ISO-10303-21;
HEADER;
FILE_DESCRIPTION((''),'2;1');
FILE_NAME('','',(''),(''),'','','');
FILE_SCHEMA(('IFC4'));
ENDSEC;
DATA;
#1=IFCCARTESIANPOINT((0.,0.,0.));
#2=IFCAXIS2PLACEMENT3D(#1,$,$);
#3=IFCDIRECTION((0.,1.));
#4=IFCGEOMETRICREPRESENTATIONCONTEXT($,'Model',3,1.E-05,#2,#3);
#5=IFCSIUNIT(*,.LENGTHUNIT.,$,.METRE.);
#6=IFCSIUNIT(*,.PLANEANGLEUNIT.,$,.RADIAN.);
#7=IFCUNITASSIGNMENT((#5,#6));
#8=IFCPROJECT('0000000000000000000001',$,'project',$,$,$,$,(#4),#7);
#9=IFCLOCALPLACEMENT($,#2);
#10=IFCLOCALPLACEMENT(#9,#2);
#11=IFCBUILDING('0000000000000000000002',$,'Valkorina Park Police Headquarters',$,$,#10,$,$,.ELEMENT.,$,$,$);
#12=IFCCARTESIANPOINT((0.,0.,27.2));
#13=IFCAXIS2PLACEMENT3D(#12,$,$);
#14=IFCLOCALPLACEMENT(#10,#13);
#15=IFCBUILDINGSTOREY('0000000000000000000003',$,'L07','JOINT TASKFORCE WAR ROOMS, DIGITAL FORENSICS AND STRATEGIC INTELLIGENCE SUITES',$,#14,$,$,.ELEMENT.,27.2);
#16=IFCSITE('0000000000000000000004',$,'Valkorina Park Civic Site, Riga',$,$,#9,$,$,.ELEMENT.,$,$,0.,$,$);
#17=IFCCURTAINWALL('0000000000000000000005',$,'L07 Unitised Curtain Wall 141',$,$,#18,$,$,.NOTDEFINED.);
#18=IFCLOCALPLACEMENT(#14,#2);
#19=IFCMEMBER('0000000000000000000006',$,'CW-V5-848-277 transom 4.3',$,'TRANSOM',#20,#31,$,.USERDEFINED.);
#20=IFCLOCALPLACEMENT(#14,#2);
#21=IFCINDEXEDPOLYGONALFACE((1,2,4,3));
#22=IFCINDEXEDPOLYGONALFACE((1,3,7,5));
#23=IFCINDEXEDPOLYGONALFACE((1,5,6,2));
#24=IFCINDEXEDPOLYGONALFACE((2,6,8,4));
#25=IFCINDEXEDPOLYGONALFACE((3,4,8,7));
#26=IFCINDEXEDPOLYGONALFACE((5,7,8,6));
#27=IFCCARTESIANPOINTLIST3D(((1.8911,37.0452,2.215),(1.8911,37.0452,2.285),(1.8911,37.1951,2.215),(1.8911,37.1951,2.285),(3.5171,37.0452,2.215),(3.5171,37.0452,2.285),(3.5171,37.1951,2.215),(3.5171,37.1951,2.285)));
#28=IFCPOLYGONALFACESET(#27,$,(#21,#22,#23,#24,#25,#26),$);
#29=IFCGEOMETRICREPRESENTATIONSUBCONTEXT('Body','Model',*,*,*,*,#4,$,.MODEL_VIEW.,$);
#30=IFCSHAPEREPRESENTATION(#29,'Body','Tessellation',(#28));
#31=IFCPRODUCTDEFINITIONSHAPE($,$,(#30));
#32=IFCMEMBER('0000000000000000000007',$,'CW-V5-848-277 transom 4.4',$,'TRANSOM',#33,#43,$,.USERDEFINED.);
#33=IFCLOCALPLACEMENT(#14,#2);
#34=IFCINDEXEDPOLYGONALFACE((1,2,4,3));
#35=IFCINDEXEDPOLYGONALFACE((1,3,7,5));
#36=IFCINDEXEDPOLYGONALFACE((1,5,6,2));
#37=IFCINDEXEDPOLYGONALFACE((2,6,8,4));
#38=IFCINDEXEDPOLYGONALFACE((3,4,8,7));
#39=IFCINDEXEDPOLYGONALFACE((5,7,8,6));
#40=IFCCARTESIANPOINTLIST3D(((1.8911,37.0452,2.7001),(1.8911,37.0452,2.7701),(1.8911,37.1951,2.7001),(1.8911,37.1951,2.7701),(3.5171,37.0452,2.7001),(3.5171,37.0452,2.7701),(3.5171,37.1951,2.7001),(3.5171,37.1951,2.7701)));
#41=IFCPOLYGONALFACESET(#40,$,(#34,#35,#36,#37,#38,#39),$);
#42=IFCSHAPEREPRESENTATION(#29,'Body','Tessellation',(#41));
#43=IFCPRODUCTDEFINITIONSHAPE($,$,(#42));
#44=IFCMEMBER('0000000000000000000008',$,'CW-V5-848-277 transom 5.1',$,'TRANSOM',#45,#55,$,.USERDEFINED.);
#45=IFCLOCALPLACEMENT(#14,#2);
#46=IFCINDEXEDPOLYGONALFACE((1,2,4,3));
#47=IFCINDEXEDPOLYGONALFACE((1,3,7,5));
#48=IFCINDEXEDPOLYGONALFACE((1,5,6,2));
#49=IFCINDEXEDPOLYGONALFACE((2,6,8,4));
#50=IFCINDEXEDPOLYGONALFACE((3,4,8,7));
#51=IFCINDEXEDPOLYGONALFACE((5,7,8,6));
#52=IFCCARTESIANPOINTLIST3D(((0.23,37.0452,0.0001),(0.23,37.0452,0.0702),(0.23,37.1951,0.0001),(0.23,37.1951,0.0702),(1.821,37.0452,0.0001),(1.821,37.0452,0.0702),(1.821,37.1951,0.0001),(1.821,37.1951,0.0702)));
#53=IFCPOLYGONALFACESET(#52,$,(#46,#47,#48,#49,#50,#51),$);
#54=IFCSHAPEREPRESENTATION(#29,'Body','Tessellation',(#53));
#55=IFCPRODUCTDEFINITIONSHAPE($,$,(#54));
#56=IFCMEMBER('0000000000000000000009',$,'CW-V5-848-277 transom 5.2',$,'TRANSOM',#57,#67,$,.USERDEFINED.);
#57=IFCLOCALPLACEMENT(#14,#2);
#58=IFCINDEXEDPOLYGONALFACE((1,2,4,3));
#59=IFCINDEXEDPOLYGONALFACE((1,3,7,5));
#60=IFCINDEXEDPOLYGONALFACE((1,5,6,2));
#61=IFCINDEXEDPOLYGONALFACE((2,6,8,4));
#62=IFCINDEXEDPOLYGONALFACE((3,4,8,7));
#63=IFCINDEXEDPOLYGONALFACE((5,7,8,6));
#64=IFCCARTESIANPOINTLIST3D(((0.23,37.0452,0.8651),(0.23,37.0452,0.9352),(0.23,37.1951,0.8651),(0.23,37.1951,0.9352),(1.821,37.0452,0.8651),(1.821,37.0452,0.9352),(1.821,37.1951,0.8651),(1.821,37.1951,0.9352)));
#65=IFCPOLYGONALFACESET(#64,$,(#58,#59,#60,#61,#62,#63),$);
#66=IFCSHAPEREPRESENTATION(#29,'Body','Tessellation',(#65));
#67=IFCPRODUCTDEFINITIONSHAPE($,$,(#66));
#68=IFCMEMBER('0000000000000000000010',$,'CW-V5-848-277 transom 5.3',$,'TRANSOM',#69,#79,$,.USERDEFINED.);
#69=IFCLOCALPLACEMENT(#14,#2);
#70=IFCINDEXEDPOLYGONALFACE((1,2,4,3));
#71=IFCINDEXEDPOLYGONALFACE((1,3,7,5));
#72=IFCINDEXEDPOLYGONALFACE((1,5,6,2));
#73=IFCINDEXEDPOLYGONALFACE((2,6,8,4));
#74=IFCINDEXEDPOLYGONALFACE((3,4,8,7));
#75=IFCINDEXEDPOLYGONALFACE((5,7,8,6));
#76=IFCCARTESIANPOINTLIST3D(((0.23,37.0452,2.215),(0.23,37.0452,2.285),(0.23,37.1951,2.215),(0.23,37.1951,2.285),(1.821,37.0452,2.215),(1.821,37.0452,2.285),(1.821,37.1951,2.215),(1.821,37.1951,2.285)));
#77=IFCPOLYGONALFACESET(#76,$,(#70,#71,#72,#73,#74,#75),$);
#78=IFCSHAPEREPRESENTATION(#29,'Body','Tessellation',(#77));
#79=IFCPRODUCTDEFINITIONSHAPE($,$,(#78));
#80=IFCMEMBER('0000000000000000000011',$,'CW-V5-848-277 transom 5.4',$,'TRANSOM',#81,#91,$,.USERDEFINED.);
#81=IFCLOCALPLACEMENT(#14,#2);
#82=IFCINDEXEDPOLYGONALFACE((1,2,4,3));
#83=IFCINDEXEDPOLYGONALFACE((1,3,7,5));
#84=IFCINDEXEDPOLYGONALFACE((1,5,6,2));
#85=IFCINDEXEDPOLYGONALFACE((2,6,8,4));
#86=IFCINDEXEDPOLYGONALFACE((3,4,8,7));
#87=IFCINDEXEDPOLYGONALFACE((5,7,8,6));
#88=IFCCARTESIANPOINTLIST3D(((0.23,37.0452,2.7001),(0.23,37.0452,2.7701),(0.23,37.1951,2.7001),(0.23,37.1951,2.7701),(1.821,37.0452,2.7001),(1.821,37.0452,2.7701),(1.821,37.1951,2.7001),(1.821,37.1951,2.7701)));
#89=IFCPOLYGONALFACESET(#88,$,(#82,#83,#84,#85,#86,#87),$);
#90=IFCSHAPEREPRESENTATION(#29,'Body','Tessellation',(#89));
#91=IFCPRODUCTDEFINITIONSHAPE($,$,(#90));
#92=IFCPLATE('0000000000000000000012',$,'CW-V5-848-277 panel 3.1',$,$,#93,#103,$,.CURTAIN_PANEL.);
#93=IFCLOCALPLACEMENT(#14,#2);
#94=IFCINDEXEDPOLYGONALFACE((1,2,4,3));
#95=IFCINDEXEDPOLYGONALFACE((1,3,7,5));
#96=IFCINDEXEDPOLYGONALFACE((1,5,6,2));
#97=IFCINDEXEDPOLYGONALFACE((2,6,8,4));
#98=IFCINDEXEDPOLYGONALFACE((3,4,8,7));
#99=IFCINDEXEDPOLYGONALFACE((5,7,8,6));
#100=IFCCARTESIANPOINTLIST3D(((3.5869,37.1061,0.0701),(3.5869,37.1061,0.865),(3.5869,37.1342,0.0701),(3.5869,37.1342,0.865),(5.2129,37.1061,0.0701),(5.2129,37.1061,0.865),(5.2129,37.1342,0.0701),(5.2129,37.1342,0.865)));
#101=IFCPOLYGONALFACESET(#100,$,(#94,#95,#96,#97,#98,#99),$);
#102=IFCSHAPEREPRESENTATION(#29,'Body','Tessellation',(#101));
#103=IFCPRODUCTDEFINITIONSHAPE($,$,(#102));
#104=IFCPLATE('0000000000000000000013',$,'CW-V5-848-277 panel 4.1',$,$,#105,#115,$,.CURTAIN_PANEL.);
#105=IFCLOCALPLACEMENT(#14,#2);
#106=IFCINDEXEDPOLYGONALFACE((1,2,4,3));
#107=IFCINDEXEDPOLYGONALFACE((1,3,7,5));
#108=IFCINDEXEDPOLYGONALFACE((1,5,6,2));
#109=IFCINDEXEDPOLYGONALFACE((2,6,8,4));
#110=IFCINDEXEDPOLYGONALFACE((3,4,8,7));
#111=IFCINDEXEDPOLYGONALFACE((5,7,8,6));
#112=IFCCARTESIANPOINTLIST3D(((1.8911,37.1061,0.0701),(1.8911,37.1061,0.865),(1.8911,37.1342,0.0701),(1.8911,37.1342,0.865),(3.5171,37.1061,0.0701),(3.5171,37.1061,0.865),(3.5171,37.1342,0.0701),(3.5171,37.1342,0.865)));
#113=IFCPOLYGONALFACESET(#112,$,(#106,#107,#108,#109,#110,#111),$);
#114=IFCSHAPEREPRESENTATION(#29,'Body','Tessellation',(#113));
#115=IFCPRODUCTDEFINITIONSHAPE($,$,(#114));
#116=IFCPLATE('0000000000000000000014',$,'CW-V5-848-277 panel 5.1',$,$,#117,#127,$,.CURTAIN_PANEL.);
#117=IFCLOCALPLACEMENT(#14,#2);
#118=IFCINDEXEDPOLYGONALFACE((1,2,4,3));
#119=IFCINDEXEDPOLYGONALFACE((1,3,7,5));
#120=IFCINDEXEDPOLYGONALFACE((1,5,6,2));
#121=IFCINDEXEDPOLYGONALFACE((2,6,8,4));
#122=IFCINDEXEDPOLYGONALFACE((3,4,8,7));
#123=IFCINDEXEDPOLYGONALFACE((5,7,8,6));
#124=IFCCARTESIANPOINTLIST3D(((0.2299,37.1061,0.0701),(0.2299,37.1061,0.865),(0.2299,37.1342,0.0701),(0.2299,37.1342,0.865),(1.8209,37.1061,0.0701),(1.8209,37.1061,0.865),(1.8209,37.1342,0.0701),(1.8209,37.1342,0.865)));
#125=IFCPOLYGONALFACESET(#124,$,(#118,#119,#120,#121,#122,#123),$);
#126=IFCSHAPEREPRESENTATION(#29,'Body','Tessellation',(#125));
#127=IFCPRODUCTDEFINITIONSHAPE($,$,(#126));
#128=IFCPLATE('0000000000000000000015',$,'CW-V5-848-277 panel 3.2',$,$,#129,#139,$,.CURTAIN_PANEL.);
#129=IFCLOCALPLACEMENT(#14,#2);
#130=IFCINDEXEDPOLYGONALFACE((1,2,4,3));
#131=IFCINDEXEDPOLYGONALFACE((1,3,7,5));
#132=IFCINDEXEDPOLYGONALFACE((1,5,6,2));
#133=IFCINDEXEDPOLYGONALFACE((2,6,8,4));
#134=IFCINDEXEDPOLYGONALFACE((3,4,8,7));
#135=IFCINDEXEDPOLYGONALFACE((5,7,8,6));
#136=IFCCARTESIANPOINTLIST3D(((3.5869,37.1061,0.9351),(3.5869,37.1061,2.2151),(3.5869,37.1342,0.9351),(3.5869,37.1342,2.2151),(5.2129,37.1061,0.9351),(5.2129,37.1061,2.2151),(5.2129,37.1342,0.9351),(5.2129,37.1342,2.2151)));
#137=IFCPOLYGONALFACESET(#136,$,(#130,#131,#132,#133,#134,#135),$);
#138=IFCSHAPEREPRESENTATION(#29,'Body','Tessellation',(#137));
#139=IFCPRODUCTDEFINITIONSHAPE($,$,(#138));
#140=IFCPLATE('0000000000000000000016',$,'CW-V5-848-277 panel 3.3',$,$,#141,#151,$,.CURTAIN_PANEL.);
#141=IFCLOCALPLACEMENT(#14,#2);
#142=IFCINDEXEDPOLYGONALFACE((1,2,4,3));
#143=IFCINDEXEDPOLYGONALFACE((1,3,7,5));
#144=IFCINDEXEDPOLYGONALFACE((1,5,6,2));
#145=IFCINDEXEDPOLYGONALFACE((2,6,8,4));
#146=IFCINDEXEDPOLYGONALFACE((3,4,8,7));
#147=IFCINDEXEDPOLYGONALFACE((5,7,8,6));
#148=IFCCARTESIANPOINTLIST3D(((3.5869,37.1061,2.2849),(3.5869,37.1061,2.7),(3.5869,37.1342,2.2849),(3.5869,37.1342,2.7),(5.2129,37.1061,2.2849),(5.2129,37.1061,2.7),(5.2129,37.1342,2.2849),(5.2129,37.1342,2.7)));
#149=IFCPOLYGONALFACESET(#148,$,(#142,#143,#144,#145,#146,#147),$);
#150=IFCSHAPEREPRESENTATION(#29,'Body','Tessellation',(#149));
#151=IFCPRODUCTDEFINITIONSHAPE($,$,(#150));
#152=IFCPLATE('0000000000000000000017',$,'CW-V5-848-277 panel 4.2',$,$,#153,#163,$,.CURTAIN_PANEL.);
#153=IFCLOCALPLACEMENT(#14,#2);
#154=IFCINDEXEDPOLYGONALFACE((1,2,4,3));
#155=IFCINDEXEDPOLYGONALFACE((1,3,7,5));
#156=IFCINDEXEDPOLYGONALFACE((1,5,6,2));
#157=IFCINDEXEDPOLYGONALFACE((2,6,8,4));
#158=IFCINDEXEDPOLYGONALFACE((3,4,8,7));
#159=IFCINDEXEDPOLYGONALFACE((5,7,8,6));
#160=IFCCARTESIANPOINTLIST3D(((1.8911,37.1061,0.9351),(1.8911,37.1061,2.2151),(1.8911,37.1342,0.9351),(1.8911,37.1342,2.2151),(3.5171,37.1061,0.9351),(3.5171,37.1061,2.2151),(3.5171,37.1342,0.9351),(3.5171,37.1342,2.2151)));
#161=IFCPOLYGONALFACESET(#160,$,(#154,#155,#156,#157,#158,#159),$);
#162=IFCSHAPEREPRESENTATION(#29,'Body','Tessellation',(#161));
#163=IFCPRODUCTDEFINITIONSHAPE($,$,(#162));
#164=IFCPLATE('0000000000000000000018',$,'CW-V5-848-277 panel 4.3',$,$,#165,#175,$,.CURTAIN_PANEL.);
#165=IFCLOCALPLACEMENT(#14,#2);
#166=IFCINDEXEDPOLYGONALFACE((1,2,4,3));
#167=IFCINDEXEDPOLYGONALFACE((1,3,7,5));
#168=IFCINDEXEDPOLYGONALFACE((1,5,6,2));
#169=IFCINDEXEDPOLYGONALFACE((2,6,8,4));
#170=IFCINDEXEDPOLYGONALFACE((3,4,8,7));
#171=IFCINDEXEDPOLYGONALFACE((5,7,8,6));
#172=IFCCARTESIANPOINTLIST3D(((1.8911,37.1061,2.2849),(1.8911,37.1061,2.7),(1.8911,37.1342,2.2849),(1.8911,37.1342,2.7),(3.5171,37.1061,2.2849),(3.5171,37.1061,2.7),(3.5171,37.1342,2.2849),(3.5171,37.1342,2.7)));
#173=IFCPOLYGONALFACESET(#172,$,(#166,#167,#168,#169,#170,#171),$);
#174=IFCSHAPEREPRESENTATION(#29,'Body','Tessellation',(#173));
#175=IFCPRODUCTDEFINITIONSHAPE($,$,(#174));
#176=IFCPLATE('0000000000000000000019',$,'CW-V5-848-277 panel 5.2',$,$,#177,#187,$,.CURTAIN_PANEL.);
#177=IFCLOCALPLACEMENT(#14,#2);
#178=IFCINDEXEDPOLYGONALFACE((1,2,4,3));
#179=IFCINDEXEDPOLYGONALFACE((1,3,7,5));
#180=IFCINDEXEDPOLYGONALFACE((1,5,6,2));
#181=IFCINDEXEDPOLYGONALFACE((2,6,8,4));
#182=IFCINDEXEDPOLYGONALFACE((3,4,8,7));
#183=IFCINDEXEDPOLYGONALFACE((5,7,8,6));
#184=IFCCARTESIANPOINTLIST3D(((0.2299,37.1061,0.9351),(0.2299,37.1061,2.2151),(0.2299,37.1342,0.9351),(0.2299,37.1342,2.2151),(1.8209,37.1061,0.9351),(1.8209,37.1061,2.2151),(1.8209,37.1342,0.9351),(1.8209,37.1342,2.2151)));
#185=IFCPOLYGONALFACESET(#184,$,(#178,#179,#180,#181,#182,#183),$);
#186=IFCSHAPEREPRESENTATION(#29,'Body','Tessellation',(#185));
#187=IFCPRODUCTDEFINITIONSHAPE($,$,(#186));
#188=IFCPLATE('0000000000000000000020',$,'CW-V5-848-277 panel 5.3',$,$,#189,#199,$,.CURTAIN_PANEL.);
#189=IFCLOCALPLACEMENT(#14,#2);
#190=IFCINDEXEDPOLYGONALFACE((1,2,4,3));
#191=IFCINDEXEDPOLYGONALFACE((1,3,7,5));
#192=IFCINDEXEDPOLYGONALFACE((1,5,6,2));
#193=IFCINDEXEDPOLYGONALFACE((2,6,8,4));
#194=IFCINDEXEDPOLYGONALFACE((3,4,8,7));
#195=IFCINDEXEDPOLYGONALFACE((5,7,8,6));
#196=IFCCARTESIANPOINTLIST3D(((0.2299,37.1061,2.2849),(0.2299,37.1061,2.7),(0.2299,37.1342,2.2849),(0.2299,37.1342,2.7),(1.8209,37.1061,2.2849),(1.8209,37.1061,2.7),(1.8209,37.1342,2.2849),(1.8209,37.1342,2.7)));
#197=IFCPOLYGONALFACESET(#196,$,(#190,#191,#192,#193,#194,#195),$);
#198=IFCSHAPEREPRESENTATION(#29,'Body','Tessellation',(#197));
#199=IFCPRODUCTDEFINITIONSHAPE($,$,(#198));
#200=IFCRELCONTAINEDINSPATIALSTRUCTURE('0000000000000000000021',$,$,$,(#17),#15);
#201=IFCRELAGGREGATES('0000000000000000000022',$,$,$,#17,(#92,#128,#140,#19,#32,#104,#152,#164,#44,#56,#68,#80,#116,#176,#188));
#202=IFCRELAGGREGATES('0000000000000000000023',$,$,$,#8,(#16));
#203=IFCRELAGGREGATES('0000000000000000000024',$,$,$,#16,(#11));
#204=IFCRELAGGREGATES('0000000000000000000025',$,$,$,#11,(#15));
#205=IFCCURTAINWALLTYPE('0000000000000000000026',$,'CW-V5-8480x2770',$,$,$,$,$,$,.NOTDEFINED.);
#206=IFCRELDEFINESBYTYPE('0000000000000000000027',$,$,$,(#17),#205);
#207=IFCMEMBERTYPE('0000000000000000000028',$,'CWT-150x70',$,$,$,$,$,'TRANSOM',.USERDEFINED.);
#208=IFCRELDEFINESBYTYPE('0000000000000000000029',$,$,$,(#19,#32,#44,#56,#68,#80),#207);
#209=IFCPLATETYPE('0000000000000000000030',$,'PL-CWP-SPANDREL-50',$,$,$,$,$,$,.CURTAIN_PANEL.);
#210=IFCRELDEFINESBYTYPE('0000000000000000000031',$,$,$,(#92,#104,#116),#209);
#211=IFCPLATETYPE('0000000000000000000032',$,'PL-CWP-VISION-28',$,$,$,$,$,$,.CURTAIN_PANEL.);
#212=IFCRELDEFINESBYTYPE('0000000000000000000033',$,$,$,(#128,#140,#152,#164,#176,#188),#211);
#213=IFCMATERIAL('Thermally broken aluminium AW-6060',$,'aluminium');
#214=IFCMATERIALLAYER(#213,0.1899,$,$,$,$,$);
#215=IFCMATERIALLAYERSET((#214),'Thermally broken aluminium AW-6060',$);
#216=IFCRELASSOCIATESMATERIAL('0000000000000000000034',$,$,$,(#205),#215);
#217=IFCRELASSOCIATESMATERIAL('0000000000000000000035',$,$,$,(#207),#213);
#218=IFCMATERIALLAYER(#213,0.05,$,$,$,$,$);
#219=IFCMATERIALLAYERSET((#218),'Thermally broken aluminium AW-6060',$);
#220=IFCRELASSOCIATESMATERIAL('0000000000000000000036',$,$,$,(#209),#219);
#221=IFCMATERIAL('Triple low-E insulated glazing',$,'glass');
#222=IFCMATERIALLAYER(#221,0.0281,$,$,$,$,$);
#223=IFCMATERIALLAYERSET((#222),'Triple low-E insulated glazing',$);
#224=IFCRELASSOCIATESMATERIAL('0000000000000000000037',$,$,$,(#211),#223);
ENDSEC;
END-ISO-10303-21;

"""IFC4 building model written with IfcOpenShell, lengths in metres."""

from ifc_helpers import new_model, si_unit, direction, frame, origin, origin_2d, place, context, subcontext, project, spatial, rectangle, extrude, material, layer, layer_set, material_profile, profile_set, type_object, element, aggregate, save


model = new_model("IFC4")

# Units and contexts
model_context = context("Model", 3, precision=1e-05, world=origin(), true_north=direction((0.0, 1.0)))
body_context = subcontext(model_context, "Body", "Model", "MODEL_VIEW")
ifc_project = project(units=[si_unit("LENGTHUNIT", "METRE"), si_unit("PLANEANGLEUNIT", "RADIAN")], contexts=[model_context])

# Site, building, storey
site_placement = place(None, origin())
site = spatial("IfcSite", under=ifc_project, at=site_placement, Name="Valkorina Park Civic Site, Riga", CompositionType="ELEMENT", RefElevation=0.0)
building_placement = place(site_placement, origin())
building = spatial("IfcBuilding", under=site, at=building_placement, Name="Valkorina Park Police Headquarters", CompositionType="ELEMENT")
storey_placement = place(building_placement, frame((0.0, 0.0, 27.2)))
storey = spatial("IfcBuildingStorey", under=building, at=storey_placement, Name="L07", Description="JOINT TASKFORCE WAR ROOMS, DIGITAL FORENSICS AND STRATEGIC INTELLIGENCE SUITES", CompositionType="ELEMENT", Elevation=27.2)

# Curtain wall, members, plates
ifc_material_1 = material(Name="Thermally broken aluminium AW-6060", Category="aluminium")
ifc_layer_1 = layer(ifc_material_1, 0.1899)
ifc_layer_set_1 = layer_set([ifc_layer_1], Name="Thermally broken aluminium AW-6060")
curtain_wall_type = type_object("IfcCurtainWallType", Name="CW-V5-8480x2770", PredefinedType="NOTDEFINED", material=ifc_layer_set_1)
curtain_wall_placement = place(storey_placement, origin())
curtain_wall = element("IfcCurtainWall", 1, at=curtain_wall_placement, inside=storey, type_object=curtain_wall_type, Name="L07 Unitised Curtain Wall 141", PredefinedType="NOTDEFINED")
ifc_material_profile_1 = material_profile(ifc_material_1, rectangle(XDim=0.1499, YDim=0.0701, at=origin_2d()), Name="CWT-02 150x70")
ifc_profile_set_1 = profile_set([ifc_material_profile_1], Name="Thermally broken aluminium AW-6060")
member_type_1 = type_object("IfcMemberType", Name="CWT-150x70", ElementType="TRANSOM", PredefinedType="USERDEFINED", material=ifc_profile_set_1)
member_1_placement = place(storey_placement, frame((3.5171, 37.1201, 2.25), z_axis=(-1.0, 0.0, 0.0), x_axis=(0.0, -1.0, 0.0)))
member_1 = element("IfcMember", 2, at=member_1_placement, type_object=member_type_1, Name="CW-V5-848-277 transom 4.3", ObjectType="TRANSOM", PredefinedType="USERDEFINED", context=body_context, shape_type="SweptSolid", body=[
    extrude(rectangle(XDim=0.1499, YDim=0.0701, at=origin_2d()), origin(), (0.0, 0.0, 1.0), 1.626),
])
member_2_placement = place(storey_placement, frame((3.5171, 37.1201, 2.7351), z_axis=(-1.0, 0.0, 0.0), x_axis=(0.0, -1.0, 0.0)))
member_2 = element("IfcMember", 3, at=member_2_placement, type_object=member_type_1, Name="CW-V5-848-277 transom 4.4", ObjectType="TRANSOM", PredefinedType="USERDEFINED", context=body_context, shape_type="SweptSolid", body=[
    extrude(rectangle(XDim=0.1499, YDim=0.0701, at=origin_2d()), origin(), (0.0, 0.0, 1.0), 1.626),
])
member_3_placement = place(storey_placement, frame((1.821, 37.1201, 0.0352), z_axis=(-1.0, 0.0, 0.0), x_axis=(0.0, -1.0, 0.0)))
member_3 = element("IfcMember", 4, at=member_3_placement, type_object=member_type_1, Name="CW-V5-848-277 transom 5.1", ObjectType="TRANSOM", PredefinedType="USERDEFINED", context=body_context, shape_type="SweptSolid", body=[
    extrude(rectangle(XDim=0.1499, YDim=0.0701, at=origin_2d()), origin(), (0.0, 0.0, 1.0), 1.5911),
])
member_4_placement = place(storey_placement, frame((1.821, 37.1201, 0.9001), z_axis=(-1.0, 0.0, 0.0), x_axis=(0.0, -1.0, 0.0)))
member_4 = element("IfcMember", 5, at=member_4_placement, type_object=member_type_1, Name="CW-V5-848-277 transom 5.2", ObjectType="TRANSOM", PredefinedType="USERDEFINED", context=body_context, shape_type="SweptSolid", body=[
    extrude(rectangle(XDim=0.1499, YDim=0.0701, at=origin_2d()), origin(), (0.0, 0.0, 1.0), 1.5911),
])
member_5_placement = place(storey_placement, frame((1.821, 37.1201, 2.25), z_axis=(-1.0, 0.0, 0.0), x_axis=(0.0, -1.0, 0.0)))
member_5 = element("IfcMember", 6, at=member_5_placement, type_object=member_type_1, Name="CW-V5-848-277 transom 5.3", ObjectType="TRANSOM", PredefinedType="USERDEFINED", context=body_context, shape_type="SweptSolid", body=[
    extrude(rectangle(XDim=0.1499, YDim=0.0701, at=origin_2d()), origin(), (0.0, 0.0, 1.0), 1.5911),
])
member_6_placement = place(storey_placement, frame((1.821, 37.1201, 2.7351), z_axis=(-1.0, 0.0, 0.0), x_axis=(0.0, -1.0, 0.0)))
member_6 = element("IfcMember", 7, at=member_6_placement, type_object=member_type_1, Name="CW-V5-848-277 transom 5.4", ObjectType="TRANSOM", PredefinedType="USERDEFINED", context=body_context, shape_type="SweptSolid", body=[
    extrude(rectangle(XDim=0.1499, YDim=0.0701, at=origin_2d()), origin(), (0.0, 0.0, 1.0), 1.5911),
])
ifc_layer_2 = layer(ifc_material_1, 0.05)
ifc_layer_set_2 = layer_set([ifc_layer_2], Name="Thermally broken aluminium AW-6060")
plate_type_1 = type_object("IfcPlateType", Name="PL-CWP-SPANDREL-50", PredefinedType="CURTAIN_PANEL", material=ifc_layer_set_2)
plate_1_placement = place(storey_placement, frame((4.3999, 37.1201, 0.0701), z_axis=(0.0, 0.0, 1.0), x_axis=(-1.0, 0.0, 0.0)))
plate_1 = element("IfcPlate", 8, at=plate_1_placement, type_object=plate_type_1, Name="CW-V5-848-277 panel 3.1", PredefinedType="CURTAIN_PANEL", context=body_context, shape_type="SweptSolid", body=[
    extrude(rectangle(XDim=1.626, YDim=0.0281, at=origin_2d()), origin(), (0.0, 0.0, 1.0), 0.7949),
])
plate_2_placement = place(storey_placement, frame((2.7041, 37.1201, 0.0701), z_axis=(0.0, 0.0, 1.0), x_axis=(-1.0, 0.0, 0.0)))
plate_2 = element("IfcPlate", 9, at=plate_2_placement, type_object=plate_type_1, Name="CW-V5-848-277 panel 4.1", PredefinedType="CURTAIN_PANEL", context=body_context, shape_type="SweptSolid", body=[
    extrude(rectangle(XDim=1.626, YDim=0.0281, at=origin_2d()), origin(), (0.0, 0.0, 1.0), 0.7949),
])
plate_3_placement = place(storey_placement, frame((1.0254, 37.1201, 0.0701), z_axis=(0.0, 0.0, 1.0), x_axis=(-1.0, 0.0, 0.0)))
plate_3 = element("IfcPlate", 10, at=plate_3_placement, type_object=plate_type_1, Name="CW-V5-848-277 panel 5.1", PredefinedType="CURTAIN_PANEL", context=body_context, shape_type="SweptSolid", body=[
    extrude(rectangle(XDim=1.5911, YDim=0.0281, at=origin_2d()), origin(), (0.0, 0.0, 1.0), 0.7949),
])
ifc_material_2 = material(Name="Triple low-E insulated glazing", Category="glass")
ifc_layer_3 = layer(ifc_material_2, 0.0281)
ifc_layer_set_3 = layer_set([ifc_layer_3], Name="Triple low-E insulated glazing")
plate_type_2 = type_object("IfcPlateType", Name="PL-CWP-VISION-28", PredefinedType="CURTAIN_PANEL", material=ifc_layer_set_3)
plate_4_placement = place(storey_placement, frame((4.3999, 37.1201, 0.9351), z_axis=(0.0, 0.0, 1.0), x_axis=(-1.0, 0.0, 0.0)))
plate_4 = element("IfcPlate", 11, at=plate_4_placement, type_object=plate_type_2, Name="CW-V5-848-277 panel 3.2", PredefinedType="CURTAIN_PANEL", context=body_context, shape_type="SweptSolid", body=[
    extrude(rectangle(XDim=1.626, YDim=0.0281, at=origin_2d()), origin(), (0.0, 0.0, 1.0), 1.28),
])
plate_5_placement = place(storey_placement, frame((4.3999, 37.1201, 2.2849), z_axis=(0.0, 0.0, 1.0), x_axis=(-1.0, 0.0, 0.0)))
plate_5 = element("IfcPlate", 12, at=plate_5_placement, type_object=plate_type_2, Name="CW-V5-848-277 panel 3.3", PredefinedType="CURTAIN_PANEL", context=body_context, shape_type="SweptSolid", body=[
    extrude(rectangle(XDim=1.626, YDim=0.0281, at=origin_2d()), origin(), (0.0, 0.0, 1.0), 0.415),
])
plate_6_placement = place(storey_placement, frame((2.7041, 37.1201, 0.9351), z_axis=(0.0, 0.0, 1.0), x_axis=(-1.0, 0.0, 0.0)))
plate_6 = element("IfcPlate", 13, at=plate_6_placement, type_object=plate_type_2, Name="CW-V5-848-277 panel 4.2", PredefinedType="CURTAIN_PANEL", context=body_context, shape_type="SweptSolid", body=[
    extrude(rectangle(XDim=1.626, YDim=0.0281, at=origin_2d()), origin(), (0.0, 0.0, 1.0), 1.28),
])
plate_7_placement = place(storey_placement, frame((2.7041, 37.1201, 2.2849), z_axis=(0.0, 0.0, 1.0), x_axis=(-1.0, 0.0, 0.0)))
plate_7 = element("IfcPlate", 14, at=plate_7_placement, type_object=plate_type_2, Name="CW-V5-848-277 panel 4.3", PredefinedType="CURTAIN_PANEL", context=body_context, shape_type="SweptSolid", body=[
    extrude(rectangle(XDim=1.626, YDim=0.0281, at=origin_2d()), origin(), (0.0, 0.0, 1.0), 0.415),
])
plate_8_placement = place(storey_placement, frame((1.0254, 37.1201, 0.9351), z_axis=(0.0, 0.0, 1.0), x_axis=(-1.0, 0.0, 0.0)))
plate_8 = element("IfcPlate", 15, at=plate_8_placement, type_object=plate_type_2, Name="CW-V5-848-277 panel 5.2", PredefinedType="CURTAIN_PANEL", context=body_context, shape_type="SweptSolid", body=[
    extrude(rectangle(XDim=1.5911, YDim=0.0281, at=origin_2d()), origin(), (0.0, 0.0, 1.0), 1.28),
])
plate_9_placement = place(storey_placement, frame((1.0254, 37.1201, 2.2849), z_axis=(0.0, 0.0, 1.0), x_axis=(-1.0, 0.0, 0.0)))
plate_9 = element("IfcPlate", 16, at=plate_9_placement, type_object=plate_type_2, Name="CW-V5-848-277 panel 5.3", PredefinedType="CURTAIN_PANEL", context=body_context, shape_type="SweptSolid", body=[
    extrude(rectangle(XDim=1.5911, YDim=0.0281, at=origin_2d()), origin(), (0.0, 0.0, 1.0), 0.415),
])
aggregate(curtain_wall, [plate_1, plate_4, plate_5, member_1, member_2, plate_2, plate_6, plate_7, member_3, member_4, member_5, member_6, plate_3, plate_8, plate_9])

save(model, "model.ifc")
